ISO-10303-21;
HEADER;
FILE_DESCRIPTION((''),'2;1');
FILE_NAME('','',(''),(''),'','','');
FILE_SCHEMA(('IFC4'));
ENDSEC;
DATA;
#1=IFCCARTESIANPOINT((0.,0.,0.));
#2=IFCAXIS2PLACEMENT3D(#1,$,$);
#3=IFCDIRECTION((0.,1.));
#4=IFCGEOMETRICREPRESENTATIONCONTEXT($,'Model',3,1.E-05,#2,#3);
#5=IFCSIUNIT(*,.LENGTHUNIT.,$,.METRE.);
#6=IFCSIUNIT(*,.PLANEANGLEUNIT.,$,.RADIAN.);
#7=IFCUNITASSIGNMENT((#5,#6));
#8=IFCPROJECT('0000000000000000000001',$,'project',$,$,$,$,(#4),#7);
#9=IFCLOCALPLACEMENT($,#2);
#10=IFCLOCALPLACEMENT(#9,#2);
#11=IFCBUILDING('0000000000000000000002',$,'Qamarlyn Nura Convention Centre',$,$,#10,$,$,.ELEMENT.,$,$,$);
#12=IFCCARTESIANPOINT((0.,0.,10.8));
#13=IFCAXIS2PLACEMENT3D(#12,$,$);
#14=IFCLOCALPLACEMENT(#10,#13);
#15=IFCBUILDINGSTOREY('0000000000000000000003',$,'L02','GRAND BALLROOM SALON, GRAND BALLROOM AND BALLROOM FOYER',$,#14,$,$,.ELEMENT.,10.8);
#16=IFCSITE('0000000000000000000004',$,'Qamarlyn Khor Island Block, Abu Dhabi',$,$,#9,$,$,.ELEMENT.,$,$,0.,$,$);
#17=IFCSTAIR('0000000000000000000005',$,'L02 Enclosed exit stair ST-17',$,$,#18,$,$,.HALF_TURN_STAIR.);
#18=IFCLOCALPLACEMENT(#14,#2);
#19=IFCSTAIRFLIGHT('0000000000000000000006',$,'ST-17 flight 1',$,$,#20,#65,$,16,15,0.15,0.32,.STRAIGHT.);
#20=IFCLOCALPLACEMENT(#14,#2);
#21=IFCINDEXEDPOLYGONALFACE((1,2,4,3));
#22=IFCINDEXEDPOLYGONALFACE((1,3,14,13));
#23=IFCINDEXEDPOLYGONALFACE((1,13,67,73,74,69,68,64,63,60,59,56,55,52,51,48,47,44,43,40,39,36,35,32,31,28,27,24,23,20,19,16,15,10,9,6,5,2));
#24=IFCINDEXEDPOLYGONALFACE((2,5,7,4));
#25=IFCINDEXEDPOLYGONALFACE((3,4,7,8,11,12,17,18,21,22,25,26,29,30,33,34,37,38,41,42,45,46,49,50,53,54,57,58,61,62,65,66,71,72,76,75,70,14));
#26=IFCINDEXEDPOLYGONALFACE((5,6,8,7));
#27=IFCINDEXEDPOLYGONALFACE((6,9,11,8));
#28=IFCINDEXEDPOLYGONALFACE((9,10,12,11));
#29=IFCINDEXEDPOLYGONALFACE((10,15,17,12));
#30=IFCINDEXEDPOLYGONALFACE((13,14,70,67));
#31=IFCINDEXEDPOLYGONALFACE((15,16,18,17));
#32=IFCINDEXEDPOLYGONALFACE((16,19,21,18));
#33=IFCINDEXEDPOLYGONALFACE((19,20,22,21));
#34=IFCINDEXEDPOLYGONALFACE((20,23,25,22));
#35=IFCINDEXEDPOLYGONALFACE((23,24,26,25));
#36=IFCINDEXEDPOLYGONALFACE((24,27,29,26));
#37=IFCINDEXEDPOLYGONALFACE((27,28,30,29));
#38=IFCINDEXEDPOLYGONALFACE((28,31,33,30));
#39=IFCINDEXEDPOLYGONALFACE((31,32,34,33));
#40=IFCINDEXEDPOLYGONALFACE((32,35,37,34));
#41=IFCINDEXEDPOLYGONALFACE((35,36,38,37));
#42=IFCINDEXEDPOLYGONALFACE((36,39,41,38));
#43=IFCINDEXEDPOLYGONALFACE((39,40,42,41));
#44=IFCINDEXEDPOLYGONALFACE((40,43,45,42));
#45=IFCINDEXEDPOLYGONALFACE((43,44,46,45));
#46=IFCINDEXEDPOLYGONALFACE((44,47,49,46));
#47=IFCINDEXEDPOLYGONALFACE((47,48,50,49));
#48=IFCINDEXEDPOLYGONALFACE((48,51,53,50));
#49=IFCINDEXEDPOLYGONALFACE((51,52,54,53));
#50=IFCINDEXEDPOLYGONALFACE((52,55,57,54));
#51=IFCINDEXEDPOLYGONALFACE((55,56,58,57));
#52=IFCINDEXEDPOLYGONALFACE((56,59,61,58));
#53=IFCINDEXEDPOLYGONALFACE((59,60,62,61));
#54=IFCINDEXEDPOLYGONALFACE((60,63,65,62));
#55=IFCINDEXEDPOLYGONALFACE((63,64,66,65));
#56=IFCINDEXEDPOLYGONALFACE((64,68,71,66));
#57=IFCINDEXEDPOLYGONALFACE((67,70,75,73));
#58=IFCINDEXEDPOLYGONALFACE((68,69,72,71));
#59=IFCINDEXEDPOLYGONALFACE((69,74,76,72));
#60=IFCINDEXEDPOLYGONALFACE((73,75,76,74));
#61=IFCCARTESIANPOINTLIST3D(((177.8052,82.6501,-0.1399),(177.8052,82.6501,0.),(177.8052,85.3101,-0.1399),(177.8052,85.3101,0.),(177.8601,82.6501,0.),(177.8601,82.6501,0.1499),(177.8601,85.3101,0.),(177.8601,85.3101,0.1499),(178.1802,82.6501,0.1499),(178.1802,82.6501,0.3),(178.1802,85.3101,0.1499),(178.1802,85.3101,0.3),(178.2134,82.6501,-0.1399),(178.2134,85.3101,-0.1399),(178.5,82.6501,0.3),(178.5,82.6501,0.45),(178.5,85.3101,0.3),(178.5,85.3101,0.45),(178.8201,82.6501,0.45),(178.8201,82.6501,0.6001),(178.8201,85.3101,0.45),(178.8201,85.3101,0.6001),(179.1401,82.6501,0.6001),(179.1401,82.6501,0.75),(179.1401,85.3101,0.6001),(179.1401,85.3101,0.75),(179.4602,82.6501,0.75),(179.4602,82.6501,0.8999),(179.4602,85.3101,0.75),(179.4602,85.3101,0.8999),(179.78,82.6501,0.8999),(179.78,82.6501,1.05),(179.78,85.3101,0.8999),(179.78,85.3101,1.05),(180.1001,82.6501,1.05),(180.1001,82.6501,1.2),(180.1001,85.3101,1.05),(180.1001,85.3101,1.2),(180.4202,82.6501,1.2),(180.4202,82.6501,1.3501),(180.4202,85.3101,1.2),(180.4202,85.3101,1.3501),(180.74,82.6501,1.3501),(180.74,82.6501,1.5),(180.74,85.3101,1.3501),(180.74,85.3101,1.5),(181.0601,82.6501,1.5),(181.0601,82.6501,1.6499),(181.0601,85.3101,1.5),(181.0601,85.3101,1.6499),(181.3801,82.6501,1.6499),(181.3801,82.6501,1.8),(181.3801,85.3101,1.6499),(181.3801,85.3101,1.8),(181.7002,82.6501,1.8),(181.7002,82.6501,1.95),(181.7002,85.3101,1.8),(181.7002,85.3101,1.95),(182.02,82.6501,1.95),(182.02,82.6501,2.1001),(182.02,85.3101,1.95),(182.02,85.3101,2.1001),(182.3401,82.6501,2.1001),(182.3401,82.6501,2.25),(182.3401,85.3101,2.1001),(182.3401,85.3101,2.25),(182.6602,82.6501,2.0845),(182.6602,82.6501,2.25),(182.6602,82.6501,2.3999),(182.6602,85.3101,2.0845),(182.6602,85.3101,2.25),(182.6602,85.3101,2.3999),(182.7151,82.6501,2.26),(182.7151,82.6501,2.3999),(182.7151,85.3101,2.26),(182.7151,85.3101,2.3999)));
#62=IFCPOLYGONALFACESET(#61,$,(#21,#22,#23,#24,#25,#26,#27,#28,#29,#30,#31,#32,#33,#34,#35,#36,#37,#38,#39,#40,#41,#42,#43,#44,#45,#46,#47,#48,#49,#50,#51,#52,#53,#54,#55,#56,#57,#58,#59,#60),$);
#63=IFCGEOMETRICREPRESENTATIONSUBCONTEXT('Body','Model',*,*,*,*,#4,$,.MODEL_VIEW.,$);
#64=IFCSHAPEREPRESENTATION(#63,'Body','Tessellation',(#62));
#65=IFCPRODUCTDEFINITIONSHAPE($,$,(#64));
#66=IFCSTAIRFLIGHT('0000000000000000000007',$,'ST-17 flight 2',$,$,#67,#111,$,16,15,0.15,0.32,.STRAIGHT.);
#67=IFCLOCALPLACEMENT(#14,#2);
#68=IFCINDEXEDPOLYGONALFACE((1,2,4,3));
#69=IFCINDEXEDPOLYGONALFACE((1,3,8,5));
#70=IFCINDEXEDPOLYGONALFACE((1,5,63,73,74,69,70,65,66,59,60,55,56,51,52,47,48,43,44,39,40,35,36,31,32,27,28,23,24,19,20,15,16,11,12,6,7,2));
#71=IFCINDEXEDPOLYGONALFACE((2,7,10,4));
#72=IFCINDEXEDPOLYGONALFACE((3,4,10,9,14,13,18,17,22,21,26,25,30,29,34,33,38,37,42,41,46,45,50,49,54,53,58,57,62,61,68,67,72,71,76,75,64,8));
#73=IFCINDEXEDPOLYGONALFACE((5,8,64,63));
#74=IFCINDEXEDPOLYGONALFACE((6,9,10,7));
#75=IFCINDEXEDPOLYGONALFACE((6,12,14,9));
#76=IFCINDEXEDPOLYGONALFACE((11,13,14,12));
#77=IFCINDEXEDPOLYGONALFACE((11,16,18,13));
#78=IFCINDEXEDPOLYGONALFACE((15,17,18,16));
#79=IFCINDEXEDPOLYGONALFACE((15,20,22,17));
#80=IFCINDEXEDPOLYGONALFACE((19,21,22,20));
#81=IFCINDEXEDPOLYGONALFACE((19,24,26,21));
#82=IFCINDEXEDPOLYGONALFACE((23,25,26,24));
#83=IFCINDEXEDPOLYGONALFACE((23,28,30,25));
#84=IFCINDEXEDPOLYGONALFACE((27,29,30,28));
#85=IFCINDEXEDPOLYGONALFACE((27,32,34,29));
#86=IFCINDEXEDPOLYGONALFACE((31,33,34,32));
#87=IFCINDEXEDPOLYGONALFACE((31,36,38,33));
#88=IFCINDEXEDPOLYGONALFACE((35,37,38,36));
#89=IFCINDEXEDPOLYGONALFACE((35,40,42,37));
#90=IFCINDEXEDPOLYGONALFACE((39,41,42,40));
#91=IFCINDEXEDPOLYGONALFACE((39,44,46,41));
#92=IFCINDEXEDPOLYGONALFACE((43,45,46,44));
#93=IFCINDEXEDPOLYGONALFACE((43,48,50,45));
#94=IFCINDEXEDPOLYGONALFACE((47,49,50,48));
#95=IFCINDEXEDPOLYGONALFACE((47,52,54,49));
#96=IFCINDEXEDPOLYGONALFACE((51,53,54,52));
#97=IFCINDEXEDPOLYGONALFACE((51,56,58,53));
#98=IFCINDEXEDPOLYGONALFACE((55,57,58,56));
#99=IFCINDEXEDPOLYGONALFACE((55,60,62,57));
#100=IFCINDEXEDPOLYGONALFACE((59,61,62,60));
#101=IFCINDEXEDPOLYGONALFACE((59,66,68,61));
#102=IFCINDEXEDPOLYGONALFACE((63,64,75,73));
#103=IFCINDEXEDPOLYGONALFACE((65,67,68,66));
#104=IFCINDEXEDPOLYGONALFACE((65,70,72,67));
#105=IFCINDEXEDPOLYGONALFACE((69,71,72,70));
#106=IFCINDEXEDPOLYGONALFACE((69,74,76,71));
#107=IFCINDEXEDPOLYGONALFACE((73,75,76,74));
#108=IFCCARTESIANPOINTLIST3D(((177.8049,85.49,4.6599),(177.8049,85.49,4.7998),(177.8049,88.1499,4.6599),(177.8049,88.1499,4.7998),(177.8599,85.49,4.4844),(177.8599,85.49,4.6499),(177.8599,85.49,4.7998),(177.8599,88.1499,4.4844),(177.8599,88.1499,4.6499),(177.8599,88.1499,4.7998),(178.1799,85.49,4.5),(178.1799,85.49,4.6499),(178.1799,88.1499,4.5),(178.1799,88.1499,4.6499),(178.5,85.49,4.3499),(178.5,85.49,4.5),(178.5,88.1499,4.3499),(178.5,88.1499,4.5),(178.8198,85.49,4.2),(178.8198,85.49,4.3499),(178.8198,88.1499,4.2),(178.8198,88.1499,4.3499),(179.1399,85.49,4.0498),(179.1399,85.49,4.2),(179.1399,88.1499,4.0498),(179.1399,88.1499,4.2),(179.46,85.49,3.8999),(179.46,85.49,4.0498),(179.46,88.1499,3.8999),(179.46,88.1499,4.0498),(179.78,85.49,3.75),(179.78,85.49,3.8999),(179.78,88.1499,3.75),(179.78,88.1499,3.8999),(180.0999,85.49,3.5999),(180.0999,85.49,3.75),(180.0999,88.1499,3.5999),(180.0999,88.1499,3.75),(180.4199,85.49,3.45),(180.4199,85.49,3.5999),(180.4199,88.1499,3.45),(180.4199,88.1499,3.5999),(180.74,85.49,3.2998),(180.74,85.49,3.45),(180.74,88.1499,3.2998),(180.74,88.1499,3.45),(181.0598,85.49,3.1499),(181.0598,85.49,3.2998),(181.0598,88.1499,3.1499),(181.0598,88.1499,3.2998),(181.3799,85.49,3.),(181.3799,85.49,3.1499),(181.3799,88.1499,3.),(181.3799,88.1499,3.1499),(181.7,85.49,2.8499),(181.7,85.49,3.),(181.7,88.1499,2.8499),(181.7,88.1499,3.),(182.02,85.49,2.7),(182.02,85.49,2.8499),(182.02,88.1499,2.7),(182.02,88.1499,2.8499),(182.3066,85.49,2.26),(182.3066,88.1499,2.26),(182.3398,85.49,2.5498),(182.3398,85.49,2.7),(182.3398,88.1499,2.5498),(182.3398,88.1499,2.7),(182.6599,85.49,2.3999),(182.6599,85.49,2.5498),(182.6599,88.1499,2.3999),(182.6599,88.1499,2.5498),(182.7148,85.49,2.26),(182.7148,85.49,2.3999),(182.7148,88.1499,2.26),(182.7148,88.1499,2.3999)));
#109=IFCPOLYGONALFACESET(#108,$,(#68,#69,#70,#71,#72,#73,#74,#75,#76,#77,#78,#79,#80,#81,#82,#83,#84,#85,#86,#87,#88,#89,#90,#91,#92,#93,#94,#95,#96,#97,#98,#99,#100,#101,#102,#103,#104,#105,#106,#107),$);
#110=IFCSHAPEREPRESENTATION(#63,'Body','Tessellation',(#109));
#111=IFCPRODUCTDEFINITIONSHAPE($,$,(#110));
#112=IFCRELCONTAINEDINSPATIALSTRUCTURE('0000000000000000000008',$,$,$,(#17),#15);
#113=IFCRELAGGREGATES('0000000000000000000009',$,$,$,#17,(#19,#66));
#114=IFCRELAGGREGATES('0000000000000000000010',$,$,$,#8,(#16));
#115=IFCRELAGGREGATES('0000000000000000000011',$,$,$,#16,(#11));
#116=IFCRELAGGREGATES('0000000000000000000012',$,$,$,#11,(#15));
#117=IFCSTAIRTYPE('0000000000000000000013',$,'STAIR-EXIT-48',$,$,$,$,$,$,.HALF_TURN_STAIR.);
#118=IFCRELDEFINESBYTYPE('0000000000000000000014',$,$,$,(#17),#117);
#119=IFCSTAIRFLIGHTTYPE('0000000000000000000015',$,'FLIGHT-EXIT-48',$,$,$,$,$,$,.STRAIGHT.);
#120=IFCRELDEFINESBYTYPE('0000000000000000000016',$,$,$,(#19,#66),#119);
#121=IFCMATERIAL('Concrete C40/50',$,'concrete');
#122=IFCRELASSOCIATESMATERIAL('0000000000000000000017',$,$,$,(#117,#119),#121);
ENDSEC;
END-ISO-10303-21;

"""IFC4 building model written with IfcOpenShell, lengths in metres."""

from ifc_helpers import new_model, si_unit, direction, frame, origin, place, context, subcontext, project, spatial, polyline, outline, extrude, material, type_object, element, aggregate, save


model = new_model("IFC4")

# Units and contexts
model_context = context("Model", 3, precision=1e-05, world=origin(), true_north=direction((0.0, 1.0)))
body_context = subcontext(model_context, "Body", "Model", "MODEL_VIEW")
ifc_project = project(units=[si_unit("LENGTHUNIT", "METRE"), si_unit("PLANEANGLEUNIT", "RADIAN")], contexts=[model_context])

# Site, building, storey
site_placement = place(None, origin())
site = spatial("IfcSite", under=ifc_project, at=site_placement, Name="Qamarlyn Khor Island Block, Abu Dhabi", CompositionType="ELEMENT", RefElevation=0.0)
building_placement = place(site_placement, origin())
building = spatial("IfcBuilding", under=site, at=building_placement, Name="Qamarlyn Nura Convention Centre", CompositionType="ELEMENT")
storey_placement = place(building_placement, frame((0.0, 0.0, 10.8)))
storey = spatial("IfcBuildingStorey", under=building, at=storey_placement, Name="L02", Description="GRAND BALLROOM SALON, GRAND BALLROOM AND BALLROOM FOYER", CompositionType="ELEMENT", Elevation=10.8)

# Stair, stair flights
ifc_material_1 = material(Name="Concrete C40/50", Category="concrete")
stair_type = type_object("IfcStairType", Name="STAIR-EXIT-48", PredefinedType="HALF_TURN_STAIR", material=ifc_material_1)
stair_placement = place(storey_placement, origin())
stair = element("IfcStair", 1, at=stair_placement, inside=storey, type_object=stair_type, Name="L02 Enclosed exit stair ST-17", PredefinedType="HALF_TURN_STAIR")
stair_flight_type = type_object("IfcStairFlightType", Name="FLIGHT-EXIT-48", PredefinedType="STRAIGHT", material=ifc_material_1)
stair_flight_1_placement = place(storey_placement, frame((177.8601, 83.98, 0.0), z_axis=(0.0, 0.0, 1.0), x_axis=(1.0, 0.0, 0.0)))
stair_flight_1 = element("IfcStairFlight", 2, at=stair_flight_1_placement, type_object=stair_flight_type, Name="ST-17 flight 1", NumberOfRisers=16, NumberOfTreads=15, PredefinedType="STRAIGHT", RiserHeight=0.15, TreadLength=0.32, context=body_context, shape_type="SweptSolid", body=[
    extrude(outline(polyline([(-0.0549, 0.0), (0.0, 0.0), (0.0, 0.1499), (0.3201, 0.1499), (0.3201, 0.3), (0.6399, 0.3), (0.6399, 0.45), (0.96, 0.45), (0.96, 0.6001), (1.28, 0.6001), (1.28, 0.75), (1.6001, 0.75), (1.6001, 0.8999), (1.9199, 0.8999), (1.9199, 1.05), (2.24, 1.05), (2.24, 1.2), (2.5601, 1.2), (2.5601, 1.3501), (2.8799, 1.3501), (2.8799, 1.5), (3.2, 1.5), (3.2, 1.6499), (3.52, 1.6499), (3.52, 1.8), (3.8401, 1.8), (3.8401, 1.95), (4.1599, 1.95), (4.1599, 2.1001), (4.48, 2.1001), (4.48, 2.25), (4.8, 2.25), (4.8, 2.3999), (4.855, 2.3999), (4.855, 2.26), (4.8, 2.0845), (0.3533, -0.1399), (-0.0549, -0.1399), (-0.0549, 0.0)])), frame((0.0, 1.3301, 0.0), z_axis=(0.0, -1.0, 0.0), x_axis=(1.0, 0.0, 0.0)), (0.0, 0.0, 1.0), 2.6599),
])
stair_flight_2_placement = place(storey_placement, frame((182.6599, 86.8201, 2.3999), z_axis=(0.0, 0.0, 1.0), x_axis=(-1.0, 0.0, 0.0)))
stair_flight_2 = element("IfcStairFlight", 3, at=stair_flight_2_placement, type_object=stair_flight_type, Name="ST-17 flight 2", NumberOfRisers=16, NumberOfTreads=15, PredefinedType="STRAIGHT", RiserHeight=0.15, TreadLength=0.32, context=body_context, shape_type="SweptSolid", body=[
    extrude(outline(polyline([(-0.0549, 0.0), (0.0, 0.0), (0.0, 0.1499), (0.3201, 0.1499), (0.3201, 0.3), (0.6399, 0.3), (0.6399, 0.45), (0.96, 0.45), (0.96, 0.6001), (1.28, 0.6001), (1.28, 0.75), (1.6001, 0.75), (1.6001, 0.8999), (1.9199, 0.8999), (1.9199, 1.05), (2.24, 1.05), (2.24, 1.2), (2.5601, 1.2), (2.5601, 1.3501), (2.8799, 1.3501), (2.8799, 1.5), (3.2, 1.5), (3.2, 1.6499), (3.52, 1.6499), (3.52, 1.8), (3.8401, 1.8), (3.8401, 1.95), (4.1599, 1.95), (4.1599, 2.1001), (4.48, 2.1001), (4.48, 2.25), (4.8, 2.25), (4.8, 2.3999), (4.855, 2.3999), (4.855, 2.26), (4.8, 2.0845), (0.3533, -0.1399), (-0.0549, -0.1399), (-0.0549, 0.0)])), frame((0.0, 1.3301, 0.0), z_axis=(0.0, -1.0, 0.0), x_axis=(1.0, 0.0, 0.0)), (0.0, 0.0, 1.0), 2.6599),
])
aggregate(stair, [stair_flight_1, stair_flight_2])

save(model, "model.ifc")
